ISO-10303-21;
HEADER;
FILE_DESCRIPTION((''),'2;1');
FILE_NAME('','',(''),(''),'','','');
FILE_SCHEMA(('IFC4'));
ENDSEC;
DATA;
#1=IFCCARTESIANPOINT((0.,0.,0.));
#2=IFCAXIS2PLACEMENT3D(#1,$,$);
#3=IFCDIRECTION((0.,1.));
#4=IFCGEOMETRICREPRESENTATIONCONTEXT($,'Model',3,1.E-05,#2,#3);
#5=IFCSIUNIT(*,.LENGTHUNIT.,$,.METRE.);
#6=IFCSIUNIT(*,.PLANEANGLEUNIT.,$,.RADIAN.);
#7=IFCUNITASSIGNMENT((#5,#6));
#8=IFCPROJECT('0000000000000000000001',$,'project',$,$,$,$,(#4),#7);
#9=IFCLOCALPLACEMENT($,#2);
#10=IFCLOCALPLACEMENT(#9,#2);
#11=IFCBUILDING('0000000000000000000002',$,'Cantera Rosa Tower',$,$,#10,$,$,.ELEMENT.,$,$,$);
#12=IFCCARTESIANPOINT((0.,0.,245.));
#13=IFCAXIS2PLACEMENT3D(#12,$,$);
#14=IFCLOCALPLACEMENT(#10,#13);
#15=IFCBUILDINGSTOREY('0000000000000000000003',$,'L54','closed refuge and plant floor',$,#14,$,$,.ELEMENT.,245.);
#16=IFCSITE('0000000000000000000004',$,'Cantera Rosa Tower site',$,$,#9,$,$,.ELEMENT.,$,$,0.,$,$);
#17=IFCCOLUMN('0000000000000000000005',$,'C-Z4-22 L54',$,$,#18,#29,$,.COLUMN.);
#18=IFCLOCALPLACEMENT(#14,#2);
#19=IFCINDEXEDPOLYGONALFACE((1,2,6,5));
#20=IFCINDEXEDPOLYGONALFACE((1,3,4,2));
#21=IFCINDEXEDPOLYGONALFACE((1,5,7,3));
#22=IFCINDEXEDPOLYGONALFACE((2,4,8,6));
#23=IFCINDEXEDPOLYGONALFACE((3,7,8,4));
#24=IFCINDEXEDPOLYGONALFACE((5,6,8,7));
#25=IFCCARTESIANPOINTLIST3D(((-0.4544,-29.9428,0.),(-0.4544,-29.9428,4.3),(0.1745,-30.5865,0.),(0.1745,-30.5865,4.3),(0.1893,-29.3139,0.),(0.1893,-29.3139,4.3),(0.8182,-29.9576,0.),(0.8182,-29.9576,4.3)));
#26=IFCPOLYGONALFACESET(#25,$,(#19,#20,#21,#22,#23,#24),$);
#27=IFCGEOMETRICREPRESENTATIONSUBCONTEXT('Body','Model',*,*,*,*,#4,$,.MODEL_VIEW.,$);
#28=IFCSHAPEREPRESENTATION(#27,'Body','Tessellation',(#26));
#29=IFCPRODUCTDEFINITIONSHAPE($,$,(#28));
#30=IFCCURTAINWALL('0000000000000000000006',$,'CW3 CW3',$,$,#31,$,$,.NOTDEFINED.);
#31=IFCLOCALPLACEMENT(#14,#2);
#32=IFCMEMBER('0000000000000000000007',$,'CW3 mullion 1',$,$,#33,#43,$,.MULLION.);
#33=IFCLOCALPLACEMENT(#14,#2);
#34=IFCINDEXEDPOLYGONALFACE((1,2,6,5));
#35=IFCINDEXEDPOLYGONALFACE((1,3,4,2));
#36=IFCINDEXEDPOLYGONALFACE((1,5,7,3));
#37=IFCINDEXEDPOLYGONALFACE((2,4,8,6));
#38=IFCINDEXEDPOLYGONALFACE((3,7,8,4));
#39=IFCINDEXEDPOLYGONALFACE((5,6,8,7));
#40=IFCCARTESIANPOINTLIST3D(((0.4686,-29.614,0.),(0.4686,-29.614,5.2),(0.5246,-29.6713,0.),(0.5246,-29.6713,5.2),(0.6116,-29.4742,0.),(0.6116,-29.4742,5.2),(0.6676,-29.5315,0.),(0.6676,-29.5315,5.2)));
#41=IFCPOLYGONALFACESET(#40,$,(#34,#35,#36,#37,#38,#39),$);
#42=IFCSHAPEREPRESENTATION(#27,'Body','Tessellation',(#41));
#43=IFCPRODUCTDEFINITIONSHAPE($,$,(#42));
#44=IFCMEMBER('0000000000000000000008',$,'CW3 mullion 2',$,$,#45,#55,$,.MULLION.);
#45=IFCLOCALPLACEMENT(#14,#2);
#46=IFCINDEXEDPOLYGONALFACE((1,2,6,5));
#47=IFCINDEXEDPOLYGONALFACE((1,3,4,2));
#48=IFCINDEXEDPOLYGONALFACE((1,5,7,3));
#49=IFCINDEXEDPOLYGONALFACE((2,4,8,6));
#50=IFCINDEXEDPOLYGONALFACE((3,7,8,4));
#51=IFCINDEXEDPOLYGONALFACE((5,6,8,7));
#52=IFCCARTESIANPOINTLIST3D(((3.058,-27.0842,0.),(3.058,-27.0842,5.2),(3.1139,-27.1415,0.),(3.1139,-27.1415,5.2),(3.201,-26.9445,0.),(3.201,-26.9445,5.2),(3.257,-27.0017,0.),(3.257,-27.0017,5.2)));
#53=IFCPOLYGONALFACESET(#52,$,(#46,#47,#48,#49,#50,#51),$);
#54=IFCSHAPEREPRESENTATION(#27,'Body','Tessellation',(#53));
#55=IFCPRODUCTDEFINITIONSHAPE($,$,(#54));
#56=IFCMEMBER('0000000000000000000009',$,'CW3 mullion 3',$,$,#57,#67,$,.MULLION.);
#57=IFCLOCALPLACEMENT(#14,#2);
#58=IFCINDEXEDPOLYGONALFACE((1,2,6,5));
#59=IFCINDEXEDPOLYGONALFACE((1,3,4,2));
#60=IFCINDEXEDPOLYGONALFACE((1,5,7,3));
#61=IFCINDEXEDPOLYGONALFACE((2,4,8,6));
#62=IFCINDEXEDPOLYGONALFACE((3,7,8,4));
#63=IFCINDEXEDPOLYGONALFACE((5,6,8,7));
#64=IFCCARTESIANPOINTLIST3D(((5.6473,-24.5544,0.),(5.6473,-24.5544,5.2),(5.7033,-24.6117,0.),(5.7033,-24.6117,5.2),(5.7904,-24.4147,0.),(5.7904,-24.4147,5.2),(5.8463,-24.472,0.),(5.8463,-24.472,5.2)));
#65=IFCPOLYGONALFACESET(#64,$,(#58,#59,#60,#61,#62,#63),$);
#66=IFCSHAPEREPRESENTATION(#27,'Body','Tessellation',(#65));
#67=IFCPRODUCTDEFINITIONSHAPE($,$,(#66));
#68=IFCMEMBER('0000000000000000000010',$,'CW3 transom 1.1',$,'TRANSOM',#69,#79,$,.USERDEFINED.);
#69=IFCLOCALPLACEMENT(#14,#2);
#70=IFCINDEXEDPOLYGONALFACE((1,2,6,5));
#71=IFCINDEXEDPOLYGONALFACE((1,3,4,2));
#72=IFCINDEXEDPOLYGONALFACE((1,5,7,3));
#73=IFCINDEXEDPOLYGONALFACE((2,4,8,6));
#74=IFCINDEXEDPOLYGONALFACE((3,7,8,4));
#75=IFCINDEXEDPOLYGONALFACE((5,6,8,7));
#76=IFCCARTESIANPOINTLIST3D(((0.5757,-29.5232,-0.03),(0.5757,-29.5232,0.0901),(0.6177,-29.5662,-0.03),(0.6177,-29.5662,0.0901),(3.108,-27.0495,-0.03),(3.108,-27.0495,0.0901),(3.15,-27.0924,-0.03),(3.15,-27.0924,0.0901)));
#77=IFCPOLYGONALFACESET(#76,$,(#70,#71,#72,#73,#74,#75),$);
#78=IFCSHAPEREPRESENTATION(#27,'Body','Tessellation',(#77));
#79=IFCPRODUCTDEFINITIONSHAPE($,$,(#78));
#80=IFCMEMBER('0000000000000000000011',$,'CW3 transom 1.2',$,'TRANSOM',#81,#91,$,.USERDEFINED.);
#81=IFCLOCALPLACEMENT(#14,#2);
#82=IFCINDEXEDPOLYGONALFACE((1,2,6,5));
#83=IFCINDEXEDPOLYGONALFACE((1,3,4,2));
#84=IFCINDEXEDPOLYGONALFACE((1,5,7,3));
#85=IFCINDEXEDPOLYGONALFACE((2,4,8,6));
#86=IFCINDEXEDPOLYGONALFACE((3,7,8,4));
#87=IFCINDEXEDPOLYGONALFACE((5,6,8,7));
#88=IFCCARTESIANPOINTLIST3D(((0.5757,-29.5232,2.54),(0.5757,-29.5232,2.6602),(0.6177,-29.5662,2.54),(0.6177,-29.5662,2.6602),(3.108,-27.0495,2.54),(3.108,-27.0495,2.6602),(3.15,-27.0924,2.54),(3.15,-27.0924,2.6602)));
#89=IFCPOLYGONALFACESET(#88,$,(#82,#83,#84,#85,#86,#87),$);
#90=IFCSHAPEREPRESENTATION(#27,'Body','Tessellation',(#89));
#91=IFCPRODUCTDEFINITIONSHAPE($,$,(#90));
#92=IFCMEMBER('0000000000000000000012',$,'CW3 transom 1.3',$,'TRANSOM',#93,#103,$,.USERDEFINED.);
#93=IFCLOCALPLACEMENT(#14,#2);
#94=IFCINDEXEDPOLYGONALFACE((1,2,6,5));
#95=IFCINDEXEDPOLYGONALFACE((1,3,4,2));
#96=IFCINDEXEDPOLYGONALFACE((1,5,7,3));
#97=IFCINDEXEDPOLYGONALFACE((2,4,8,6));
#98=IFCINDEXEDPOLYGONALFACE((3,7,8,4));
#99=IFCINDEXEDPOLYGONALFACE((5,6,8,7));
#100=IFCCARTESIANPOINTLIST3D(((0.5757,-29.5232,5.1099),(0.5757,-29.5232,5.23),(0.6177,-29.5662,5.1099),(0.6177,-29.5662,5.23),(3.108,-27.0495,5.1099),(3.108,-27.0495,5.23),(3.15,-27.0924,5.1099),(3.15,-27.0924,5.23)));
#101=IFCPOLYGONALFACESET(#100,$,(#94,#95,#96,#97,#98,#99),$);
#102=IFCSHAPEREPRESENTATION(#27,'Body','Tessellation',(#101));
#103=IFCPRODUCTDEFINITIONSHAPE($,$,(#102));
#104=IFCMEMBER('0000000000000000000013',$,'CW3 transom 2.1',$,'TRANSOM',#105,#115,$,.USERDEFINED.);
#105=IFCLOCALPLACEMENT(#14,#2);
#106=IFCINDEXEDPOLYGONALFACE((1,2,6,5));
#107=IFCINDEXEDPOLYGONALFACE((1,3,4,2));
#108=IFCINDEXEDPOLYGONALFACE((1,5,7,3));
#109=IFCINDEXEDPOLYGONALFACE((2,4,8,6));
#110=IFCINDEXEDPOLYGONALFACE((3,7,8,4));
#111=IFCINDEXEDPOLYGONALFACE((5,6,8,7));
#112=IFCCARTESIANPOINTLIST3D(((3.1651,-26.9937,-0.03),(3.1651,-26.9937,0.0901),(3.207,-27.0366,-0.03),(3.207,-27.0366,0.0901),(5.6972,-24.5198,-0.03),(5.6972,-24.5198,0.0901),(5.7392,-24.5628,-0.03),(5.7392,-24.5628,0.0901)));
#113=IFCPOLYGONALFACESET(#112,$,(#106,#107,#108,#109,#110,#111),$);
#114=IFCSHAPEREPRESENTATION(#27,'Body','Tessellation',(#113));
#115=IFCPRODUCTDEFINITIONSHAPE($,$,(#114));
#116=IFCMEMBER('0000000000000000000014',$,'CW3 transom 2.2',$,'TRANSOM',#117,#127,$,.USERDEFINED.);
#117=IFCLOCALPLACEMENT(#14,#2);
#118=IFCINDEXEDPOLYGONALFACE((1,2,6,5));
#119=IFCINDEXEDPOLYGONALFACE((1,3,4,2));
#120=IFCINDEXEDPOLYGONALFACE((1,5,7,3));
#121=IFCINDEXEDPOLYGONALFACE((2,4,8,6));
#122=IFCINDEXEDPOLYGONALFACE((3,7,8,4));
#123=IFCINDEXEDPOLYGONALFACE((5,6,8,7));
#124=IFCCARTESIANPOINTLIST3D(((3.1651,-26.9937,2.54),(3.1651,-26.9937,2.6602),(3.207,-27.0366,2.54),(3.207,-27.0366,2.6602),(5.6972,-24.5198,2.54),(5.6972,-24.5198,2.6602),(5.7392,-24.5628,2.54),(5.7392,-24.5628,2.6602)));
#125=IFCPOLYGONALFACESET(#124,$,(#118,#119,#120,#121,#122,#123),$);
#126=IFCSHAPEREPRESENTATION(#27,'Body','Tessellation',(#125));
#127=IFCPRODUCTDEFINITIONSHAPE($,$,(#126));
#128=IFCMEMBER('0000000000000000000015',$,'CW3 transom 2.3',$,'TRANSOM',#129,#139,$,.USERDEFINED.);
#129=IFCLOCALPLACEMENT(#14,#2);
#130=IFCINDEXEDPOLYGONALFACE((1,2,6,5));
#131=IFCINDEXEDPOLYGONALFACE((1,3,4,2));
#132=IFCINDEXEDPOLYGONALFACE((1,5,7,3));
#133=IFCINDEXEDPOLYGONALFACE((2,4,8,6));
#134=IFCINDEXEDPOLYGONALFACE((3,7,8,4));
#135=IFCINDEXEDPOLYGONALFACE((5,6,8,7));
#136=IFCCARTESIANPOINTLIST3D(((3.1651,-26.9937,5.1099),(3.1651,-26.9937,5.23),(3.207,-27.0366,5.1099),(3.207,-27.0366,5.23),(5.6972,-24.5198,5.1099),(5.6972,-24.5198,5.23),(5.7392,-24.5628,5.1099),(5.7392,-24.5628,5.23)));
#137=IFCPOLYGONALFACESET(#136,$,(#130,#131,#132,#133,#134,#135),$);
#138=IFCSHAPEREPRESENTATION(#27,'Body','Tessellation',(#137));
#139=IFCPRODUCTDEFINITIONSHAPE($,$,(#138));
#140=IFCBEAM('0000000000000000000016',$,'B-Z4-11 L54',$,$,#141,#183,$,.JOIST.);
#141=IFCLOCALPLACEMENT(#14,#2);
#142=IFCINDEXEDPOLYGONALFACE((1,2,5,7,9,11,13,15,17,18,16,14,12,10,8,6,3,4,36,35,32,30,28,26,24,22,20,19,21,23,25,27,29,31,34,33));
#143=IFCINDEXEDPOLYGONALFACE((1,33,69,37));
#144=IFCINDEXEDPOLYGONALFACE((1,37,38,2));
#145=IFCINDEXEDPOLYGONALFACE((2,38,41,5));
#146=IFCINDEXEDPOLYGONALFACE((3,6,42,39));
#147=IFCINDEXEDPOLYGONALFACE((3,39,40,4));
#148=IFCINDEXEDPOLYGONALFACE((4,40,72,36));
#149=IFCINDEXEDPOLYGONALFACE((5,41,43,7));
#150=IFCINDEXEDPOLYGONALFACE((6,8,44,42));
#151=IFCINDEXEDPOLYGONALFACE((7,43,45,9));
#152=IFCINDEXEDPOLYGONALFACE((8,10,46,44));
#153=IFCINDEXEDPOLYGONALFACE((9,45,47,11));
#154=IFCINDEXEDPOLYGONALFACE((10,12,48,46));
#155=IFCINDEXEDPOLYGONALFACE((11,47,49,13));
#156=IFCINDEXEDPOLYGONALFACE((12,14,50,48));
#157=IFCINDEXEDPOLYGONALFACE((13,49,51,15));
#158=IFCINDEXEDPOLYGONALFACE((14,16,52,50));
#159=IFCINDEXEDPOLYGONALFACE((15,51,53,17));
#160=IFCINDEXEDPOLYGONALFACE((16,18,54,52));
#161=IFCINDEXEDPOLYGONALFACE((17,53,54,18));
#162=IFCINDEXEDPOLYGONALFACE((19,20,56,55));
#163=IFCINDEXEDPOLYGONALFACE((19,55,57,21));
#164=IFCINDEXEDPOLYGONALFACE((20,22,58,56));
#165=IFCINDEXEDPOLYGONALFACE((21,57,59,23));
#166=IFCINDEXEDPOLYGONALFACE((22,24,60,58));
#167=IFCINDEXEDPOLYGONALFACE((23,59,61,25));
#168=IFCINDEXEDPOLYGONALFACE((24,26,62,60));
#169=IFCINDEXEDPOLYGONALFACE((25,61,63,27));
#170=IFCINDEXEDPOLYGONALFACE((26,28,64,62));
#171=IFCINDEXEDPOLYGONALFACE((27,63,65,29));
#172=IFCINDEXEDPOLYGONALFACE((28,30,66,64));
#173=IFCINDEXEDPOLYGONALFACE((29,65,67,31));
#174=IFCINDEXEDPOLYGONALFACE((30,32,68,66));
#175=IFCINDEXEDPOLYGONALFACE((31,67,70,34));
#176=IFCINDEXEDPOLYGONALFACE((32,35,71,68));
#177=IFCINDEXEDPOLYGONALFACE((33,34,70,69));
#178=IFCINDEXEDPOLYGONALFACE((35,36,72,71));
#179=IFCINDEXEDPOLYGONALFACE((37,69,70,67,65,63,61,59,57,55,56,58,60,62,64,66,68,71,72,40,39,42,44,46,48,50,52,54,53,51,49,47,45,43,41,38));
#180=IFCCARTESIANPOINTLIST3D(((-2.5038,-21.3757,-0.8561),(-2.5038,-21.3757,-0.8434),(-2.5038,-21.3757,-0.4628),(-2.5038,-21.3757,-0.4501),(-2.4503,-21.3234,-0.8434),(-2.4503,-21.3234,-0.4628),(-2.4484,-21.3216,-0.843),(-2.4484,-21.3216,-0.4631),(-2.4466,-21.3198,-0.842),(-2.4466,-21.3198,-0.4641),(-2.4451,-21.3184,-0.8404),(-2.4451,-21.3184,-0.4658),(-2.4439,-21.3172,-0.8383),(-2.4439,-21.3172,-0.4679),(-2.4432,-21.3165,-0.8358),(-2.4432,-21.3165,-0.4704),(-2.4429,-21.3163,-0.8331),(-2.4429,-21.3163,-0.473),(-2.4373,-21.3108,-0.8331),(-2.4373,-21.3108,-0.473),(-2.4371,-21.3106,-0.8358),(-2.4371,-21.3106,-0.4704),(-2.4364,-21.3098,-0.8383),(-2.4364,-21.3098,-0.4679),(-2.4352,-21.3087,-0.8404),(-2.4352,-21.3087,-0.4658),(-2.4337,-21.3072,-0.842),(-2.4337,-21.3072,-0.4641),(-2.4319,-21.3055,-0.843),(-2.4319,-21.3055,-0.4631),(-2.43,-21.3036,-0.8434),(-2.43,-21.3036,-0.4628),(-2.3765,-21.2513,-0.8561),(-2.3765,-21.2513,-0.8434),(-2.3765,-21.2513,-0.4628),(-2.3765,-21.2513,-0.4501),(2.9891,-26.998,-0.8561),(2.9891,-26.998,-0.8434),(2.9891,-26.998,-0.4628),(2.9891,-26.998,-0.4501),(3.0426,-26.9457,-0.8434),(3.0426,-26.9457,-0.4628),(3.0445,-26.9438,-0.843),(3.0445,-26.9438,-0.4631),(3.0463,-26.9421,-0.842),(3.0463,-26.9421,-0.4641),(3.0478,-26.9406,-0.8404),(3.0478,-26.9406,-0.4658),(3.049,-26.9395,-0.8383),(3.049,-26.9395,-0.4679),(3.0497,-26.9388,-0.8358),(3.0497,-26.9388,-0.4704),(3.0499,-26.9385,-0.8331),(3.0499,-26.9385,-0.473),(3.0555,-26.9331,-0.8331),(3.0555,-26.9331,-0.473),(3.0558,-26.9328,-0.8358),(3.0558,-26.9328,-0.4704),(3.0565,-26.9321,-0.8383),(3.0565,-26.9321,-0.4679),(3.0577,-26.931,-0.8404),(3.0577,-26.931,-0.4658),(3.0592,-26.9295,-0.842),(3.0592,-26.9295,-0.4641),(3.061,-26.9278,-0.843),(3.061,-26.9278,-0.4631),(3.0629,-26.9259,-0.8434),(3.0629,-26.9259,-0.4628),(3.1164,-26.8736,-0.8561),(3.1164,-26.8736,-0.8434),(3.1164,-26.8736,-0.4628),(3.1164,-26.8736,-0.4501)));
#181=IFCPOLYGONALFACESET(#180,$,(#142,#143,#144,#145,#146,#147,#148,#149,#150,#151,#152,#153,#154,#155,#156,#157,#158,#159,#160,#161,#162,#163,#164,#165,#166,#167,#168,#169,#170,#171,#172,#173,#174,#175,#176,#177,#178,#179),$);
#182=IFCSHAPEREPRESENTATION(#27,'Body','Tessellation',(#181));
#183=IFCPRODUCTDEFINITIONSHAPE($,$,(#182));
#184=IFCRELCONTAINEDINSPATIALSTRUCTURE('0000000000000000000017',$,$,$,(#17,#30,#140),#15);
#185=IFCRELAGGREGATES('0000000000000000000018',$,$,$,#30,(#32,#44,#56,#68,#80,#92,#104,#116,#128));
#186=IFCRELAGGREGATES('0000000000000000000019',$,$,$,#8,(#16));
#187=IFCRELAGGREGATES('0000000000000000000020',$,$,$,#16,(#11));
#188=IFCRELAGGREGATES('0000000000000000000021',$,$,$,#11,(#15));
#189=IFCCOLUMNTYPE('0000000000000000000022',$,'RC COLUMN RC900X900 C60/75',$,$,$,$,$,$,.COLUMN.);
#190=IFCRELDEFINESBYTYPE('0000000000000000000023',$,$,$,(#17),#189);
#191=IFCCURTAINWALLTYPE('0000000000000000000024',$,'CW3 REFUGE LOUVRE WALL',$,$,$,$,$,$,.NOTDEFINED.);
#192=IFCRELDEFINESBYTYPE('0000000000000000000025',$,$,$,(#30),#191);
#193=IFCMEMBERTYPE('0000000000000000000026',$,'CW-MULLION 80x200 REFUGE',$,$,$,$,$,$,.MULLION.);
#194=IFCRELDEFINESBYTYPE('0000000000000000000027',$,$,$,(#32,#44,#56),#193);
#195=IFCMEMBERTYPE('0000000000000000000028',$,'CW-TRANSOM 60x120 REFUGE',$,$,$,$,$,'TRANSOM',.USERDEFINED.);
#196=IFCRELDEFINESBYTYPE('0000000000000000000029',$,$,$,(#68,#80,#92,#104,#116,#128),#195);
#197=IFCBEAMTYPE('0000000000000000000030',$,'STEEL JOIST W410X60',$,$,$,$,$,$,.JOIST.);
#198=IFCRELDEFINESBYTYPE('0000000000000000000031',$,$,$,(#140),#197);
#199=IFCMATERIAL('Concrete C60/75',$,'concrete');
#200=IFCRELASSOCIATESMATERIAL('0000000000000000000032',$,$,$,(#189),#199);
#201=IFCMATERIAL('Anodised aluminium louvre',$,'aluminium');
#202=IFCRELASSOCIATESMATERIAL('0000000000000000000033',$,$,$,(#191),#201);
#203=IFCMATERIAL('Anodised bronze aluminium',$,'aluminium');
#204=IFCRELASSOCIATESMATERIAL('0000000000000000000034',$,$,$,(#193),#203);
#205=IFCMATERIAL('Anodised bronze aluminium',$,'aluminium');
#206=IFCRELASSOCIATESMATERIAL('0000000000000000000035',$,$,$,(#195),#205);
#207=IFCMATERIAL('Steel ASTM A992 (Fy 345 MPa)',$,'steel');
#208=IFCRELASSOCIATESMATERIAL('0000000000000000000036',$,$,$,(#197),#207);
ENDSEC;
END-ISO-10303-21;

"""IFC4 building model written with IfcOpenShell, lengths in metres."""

from ifc_helpers import new_model, si_unit, direction, frame, origin, origin_2d, place, context, subcontext, project, spatial, rectangle, i_section, extrude, material, material_profile, profile_set, type_object, element, aggregate, save


model = new_model("IFC4")

# Units and contexts
model_context = context("Model", 3, precision=1e-05, world=origin(), true_north=direction((0.0, 1.0)))
body_context = subcontext(model_context, "Body", "Model", "MODEL_VIEW")
ifc_project = project(units=[si_unit("LENGTHUNIT", "METRE"), si_unit("PLANEANGLEUNIT", "RADIAN")], contexts=[model_context])

# Site, building, storey
site_placement = place(None, origin())
site = spatial("IfcSite", under=ifc_project, at=site_placement, Name="Cantera Rosa Tower site", CompositionType="ELEMENT", RefElevation=0.0)
building_placement = place(site_placement, origin())
building = spatial("IfcBuilding", under=site, at=building_placement, Name="Cantera Rosa Tower", CompositionType="ELEMENT")
storey_placement = place(building_placement, frame((0.0, 0.0, 245.0)))
storey = spatial("IfcBuildingStorey", under=building, at=storey_placement, Name="L54", Description="closed refuge and plant floor", CompositionType="ELEMENT", Elevation=245.0)

# Column
ifc_material_1 = material(Name="Concrete C60/75", Category="concrete")
ifc_material_profile_1 = material_profile(ifc_material_1, rectangle(XDim=0.8999, YDim=0.8999, at=origin_2d()), Name="RC COLUMN RC900X900 C60/75")
ifc_profile_set_1 = profile_set([ifc_material_profile_1], Name="Concrete C60/75")
column_type = type_object("IfcColumnType", Name="RC COLUMN RC900X900 C60/75", PredefinedType="COLUMN", material=ifc_profile_set_1)
column_placement = place(storey_placement, frame((0.1819, -29.9502, 0.0), z_axis=(0.0, 0.0, 1.0), x_axis=(0.715286, 0.698832, 0.0)))
element("IfcColumn", 1, at=column_placement, inside=storey, type_object=column_type, Name="C-Z4-22 L54", PredefinedType="COLUMN", context=body_context, shape_type="SweptSolid", body=[
    extrude(rectangle(XDim=0.8999, YDim=0.8999, at=origin_2d()), origin(), (0.0, 0.0, 1.0), 4.3),
])

# Curtain wall, members
ifc_material_2 = material(Name="Anodised aluminium louvre", Category="aluminium")
curtain_wall_type = type_object("IfcCurtainWallType", Name="CW3 REFUGE LOUVRE WALL", PredefinedType="NOTDEFINED", material=ifc_material_2)
curtain_wall_placement = place(storey_placement, origin())
curtain_wall = element("IfcCurtainWall", 2, at=curtain_wall_placement, inside=storey, type_object=curtain_wall_type, Name="CW3 CW3", PredefinedType="NOTDEFINED")
ifc_material_3 = material(Name="Anodised bronze aluminium", Category="aluminium")
ifc_material_profile_2 = material_profile(ifc_material_3, rectangle(XDim=0.0801, YDim=0.2, at=origin_2d()), Name="CW-MULLION 80x200 REFUGE")
ifc_profile_set_2 = profile_set([ifc_material_profile_2], Name="Anodised bronze aluminium")
member_type_1 = type_object("IfcMemberType", Name="CW-MULLION 80x200 REFUGE", PredefinedType="MULLION", material=ifc_profile_set_2)
member_1_placement = place(storey_placement, frame((0.5681, -29.5728, 0.0), z_axis=(0.0, 0.0, 1.0), x_axis=(-0.698832, 0.715286, 0.0)))
member_1 = element("IfcMember", 3, at=member_1_placement, type_object=member_type_1, Name="CW3 mullion 1", PredefinedType="MULLION", context=body_context, shape_type="SweptSolid", body=[
    extrude(rectangle(XDim=0.0801, YDim=0.2, at=origin_2d()), origin(), (0.0, 0.0, 1.0), 5.2),
])
member_2_placement = place(storey_placement, frame((3.1575, -27.043, 0.0), z_axis=(0.0, 0.0, 1.0), x_axis=(-0.698832, 0.715286, 0.0)))
member_2 = element("IfcMember", 4, at=member_2_placement, type_object=member_type_1, Name="CW3 mullion 2", PredefinedType="MULLION", context=body_context, shape_type="SweptSolid", body=[
    extrude(rectangle(XDim=0.0801, YDim=0.2, at=origin_2d()), origin(), (0.0, 0.0, 1.0), 5.2),
])
member_3_placement = place(storey_placement, frame((5.7468, -24.5132, 0.0), z_axis=(0.0, 0.0, 1.0), x_axis=(-0.698832, 0.715286, 0.0)))
member_3 = element("IfcMember", 5, at=member_3_placement, type_object=member_type_1, Name="CW3 mullion 3", PredefinedType="MULLION", context=body_context, shape_type="SweptSolid", body=[
    extrude(rectangle(XDim=0.0801, YDim=0.2, at=origin_2d()), origin(), (0.0, 0.0, 1.0), 5.2),
])
ifc_material_4 = material(Name="Anodised bronze aluminium", Category="aluminium")
ifc_material_profile_3 = material_profile(ifc_material_4, rectangle(XDim=0.0601, YDim=0.1201, at=origin_2d()), Name="CW-TRANSOM 60x120 REFUGE")
ifc_profile_set_3 = profile_set([ifc_material_profile_3], Name="Anodised bronze aluminium")
member_type_2 = type_object("IfcMemberType", Name="CW-TRANSOM 60x120 REFUGE", ElementType="TRANSOM", PredefinedType="USERDEFINED", material=ifc_profile_set_3)
member_4_placement = place(storey_placement, frame((0.5967, -29.5447, 0.03), z_axis=(0.715334, 0.698782, 0.0), x_axis=(-0.698782, 0.715334, 0.0)))
member_4 = element("IfcMember", 6, at=member_4_placement, type_object=member_type_2, Name="CW3 transom 1.1", ObjectType="TRANSOM", PredefinedType="USERDEFINED", context=body_context, shape_type="SweptSolid", body=[
    extrude(rectangle(XDim=0.0601, YDim=0.1201, at=origin_2d()), origin(), (0.0, 0.0, 1.0), 3.54),
])
member_5_placement = place(storey_placement, frame((0.5967, -29.5447, 2.6001), z_axis=(0.715334, 0.698782, 0.0), x_axis=(-0.698782, 0.715334, 0.0)))
member_5 = element("IfcMember", 7, at=member_5_placement, type_object=member_type_2, Name="CW3 transom 1.2", ObjectType="TRANSOM", PredefinedType="USERDEFINED", context=body_context, shape_type="SweptSolid", body=[
    extrude(rectangle(XDim=0.0601, YDim=0.1201, at=origin_2d()), origin(), (0.0, 0.0, 1.0), 3.54),
])
member_6_placement = place(storey_placement, frame((0.5967, -29.5447, 5.1699), z_axis=(0.715334, 0.698782, 0.0), x_axis=(-0.698782, 0.715334, 0.0)))
member_6 = element("IfcMember", 8, at=member_6_placement, type_object=member_type_2, Name="CW3 transom 1.3", ObjectType="TRANSOM", PredefinedType="USERDEFINED", context=body_context, shape_type="SweptSolid", body=[
    extrude(rectangle(XDim=0.0601, YDim=0.1201, at=origin_2d()), origin(), (0.0, 0.0, 1.0), 3.54),
])
member_7_placement = place(storey_placement, frame((3.186, -27.0151, 0.03), z_axis=(0.7153, 0.698817, 0.0), x_axis=(-0.698817, 0.7153, 0.0)))
member_7 = element("IfcMember", 9, at=member_7_placement, type_object=member_type_2, Name="CW3 transom 2.1", ObjectType="TRANSOM", PredefinedType="USERDEFINED", context=body_context, shape_type="SweptSolid", body=[
    extrude(rectangle(XDim=0.0601, YDim=0.1201, at=origin_2d()), origin(), (0.0, 0.0, 1.0), 3.54),
])
member_8_placement = place(storey_placement, frame((3.186, -27.0151, 2.6001), z_axis=(0.7153, 0.698817, 0.0), x_axis=(-0.698817, 0.7153, 0.0)))
member_8 = element("IfcMember", 10, at=member_8_placement, type_object=member_type_2, Name="CW3 transom 2.2", ObjectType="TRANSOM", PredefinedType="USERDEFINED", context=body_context, shape_type="SweptSolid", body=[
    extrude(rectangle(XDim=0.0601, YDim=0.1201, at=origin_2d()), origin(), (0.0, 0.0, 1.0), 3.54),
])
member_9_placement = place(storey_placement, frame((3.186, -27.0151, 5.1699), z_axis=(0.7153, 0.698817, 0.0), x_axis=(-0.698817, 0.7153, 0.0)))
member_9 = element("IfcMember", 11, at=member_9_placement, type_object=member_type_2, Name="CW3 transom 2.3", ObjectType="TRANSOM", PredefinedType="USERDEFINED", context=body_context, shape_type="SweptSolid", body=[
    extrude(rectangle(XDim=0.0601, YDim=0.1201, at=origin_2d()), origin(), (0.0, 0.0, 1.0), 3.54),
])

# Beam
ifc_material_5 = material(Name="Steel ASTM A992 (Fy 345 MPa)", Category="steel")
ifc_material_profile_4 = material_profile(ifc_material_5, i_section(OverallWidth=0.178, OverallDepth=0.406, WebThickness=0.0078, FlangeThickness=0.0127, FilletRadius=0.0103, at=origin_2d()), Name="W410X60")
ifc_profile_set_4 = profile_set([ifc_material_profile_4], Name="Steel ASTM A992 (Fy 345 MPa)")
beam_type_1 = type_object("IfcBeamType", Name="STEEL JOIST W410X60", PredefinedType="JOIST", material=ifc_profile_set_4)
beam_1_placement = place(storey_placement, frame((3.0527, -26.9358, -0.6531), z_axis=(-0.698828, 0.71529, 0.0), x_axis=(-0.71529, -0.698828, 0.0)))
element("IfcBeam", 12, at=beam_1_placement, inside=storey, type_object=beam_type_1, Name="B-Z4-11 L54", PredefinedType="JOIST", context=body_context, shape_type="SweptSolid", body=[
    extrude(i_section(OverallWidth=0.178, OverallDepth=0.406, WebThickness=0.0078, FlangeThickness=0.0127, FilletRadius=0.0103, at=origin_2d()), origin(), (0.0, 0.0, 1.0), 7.8601),
])

aggregate(curtain_wall, [member_1, member_2, member_3, member_4, member_5, member_6, member_7, member_8, member_9])

save(model, "model.ifc")
